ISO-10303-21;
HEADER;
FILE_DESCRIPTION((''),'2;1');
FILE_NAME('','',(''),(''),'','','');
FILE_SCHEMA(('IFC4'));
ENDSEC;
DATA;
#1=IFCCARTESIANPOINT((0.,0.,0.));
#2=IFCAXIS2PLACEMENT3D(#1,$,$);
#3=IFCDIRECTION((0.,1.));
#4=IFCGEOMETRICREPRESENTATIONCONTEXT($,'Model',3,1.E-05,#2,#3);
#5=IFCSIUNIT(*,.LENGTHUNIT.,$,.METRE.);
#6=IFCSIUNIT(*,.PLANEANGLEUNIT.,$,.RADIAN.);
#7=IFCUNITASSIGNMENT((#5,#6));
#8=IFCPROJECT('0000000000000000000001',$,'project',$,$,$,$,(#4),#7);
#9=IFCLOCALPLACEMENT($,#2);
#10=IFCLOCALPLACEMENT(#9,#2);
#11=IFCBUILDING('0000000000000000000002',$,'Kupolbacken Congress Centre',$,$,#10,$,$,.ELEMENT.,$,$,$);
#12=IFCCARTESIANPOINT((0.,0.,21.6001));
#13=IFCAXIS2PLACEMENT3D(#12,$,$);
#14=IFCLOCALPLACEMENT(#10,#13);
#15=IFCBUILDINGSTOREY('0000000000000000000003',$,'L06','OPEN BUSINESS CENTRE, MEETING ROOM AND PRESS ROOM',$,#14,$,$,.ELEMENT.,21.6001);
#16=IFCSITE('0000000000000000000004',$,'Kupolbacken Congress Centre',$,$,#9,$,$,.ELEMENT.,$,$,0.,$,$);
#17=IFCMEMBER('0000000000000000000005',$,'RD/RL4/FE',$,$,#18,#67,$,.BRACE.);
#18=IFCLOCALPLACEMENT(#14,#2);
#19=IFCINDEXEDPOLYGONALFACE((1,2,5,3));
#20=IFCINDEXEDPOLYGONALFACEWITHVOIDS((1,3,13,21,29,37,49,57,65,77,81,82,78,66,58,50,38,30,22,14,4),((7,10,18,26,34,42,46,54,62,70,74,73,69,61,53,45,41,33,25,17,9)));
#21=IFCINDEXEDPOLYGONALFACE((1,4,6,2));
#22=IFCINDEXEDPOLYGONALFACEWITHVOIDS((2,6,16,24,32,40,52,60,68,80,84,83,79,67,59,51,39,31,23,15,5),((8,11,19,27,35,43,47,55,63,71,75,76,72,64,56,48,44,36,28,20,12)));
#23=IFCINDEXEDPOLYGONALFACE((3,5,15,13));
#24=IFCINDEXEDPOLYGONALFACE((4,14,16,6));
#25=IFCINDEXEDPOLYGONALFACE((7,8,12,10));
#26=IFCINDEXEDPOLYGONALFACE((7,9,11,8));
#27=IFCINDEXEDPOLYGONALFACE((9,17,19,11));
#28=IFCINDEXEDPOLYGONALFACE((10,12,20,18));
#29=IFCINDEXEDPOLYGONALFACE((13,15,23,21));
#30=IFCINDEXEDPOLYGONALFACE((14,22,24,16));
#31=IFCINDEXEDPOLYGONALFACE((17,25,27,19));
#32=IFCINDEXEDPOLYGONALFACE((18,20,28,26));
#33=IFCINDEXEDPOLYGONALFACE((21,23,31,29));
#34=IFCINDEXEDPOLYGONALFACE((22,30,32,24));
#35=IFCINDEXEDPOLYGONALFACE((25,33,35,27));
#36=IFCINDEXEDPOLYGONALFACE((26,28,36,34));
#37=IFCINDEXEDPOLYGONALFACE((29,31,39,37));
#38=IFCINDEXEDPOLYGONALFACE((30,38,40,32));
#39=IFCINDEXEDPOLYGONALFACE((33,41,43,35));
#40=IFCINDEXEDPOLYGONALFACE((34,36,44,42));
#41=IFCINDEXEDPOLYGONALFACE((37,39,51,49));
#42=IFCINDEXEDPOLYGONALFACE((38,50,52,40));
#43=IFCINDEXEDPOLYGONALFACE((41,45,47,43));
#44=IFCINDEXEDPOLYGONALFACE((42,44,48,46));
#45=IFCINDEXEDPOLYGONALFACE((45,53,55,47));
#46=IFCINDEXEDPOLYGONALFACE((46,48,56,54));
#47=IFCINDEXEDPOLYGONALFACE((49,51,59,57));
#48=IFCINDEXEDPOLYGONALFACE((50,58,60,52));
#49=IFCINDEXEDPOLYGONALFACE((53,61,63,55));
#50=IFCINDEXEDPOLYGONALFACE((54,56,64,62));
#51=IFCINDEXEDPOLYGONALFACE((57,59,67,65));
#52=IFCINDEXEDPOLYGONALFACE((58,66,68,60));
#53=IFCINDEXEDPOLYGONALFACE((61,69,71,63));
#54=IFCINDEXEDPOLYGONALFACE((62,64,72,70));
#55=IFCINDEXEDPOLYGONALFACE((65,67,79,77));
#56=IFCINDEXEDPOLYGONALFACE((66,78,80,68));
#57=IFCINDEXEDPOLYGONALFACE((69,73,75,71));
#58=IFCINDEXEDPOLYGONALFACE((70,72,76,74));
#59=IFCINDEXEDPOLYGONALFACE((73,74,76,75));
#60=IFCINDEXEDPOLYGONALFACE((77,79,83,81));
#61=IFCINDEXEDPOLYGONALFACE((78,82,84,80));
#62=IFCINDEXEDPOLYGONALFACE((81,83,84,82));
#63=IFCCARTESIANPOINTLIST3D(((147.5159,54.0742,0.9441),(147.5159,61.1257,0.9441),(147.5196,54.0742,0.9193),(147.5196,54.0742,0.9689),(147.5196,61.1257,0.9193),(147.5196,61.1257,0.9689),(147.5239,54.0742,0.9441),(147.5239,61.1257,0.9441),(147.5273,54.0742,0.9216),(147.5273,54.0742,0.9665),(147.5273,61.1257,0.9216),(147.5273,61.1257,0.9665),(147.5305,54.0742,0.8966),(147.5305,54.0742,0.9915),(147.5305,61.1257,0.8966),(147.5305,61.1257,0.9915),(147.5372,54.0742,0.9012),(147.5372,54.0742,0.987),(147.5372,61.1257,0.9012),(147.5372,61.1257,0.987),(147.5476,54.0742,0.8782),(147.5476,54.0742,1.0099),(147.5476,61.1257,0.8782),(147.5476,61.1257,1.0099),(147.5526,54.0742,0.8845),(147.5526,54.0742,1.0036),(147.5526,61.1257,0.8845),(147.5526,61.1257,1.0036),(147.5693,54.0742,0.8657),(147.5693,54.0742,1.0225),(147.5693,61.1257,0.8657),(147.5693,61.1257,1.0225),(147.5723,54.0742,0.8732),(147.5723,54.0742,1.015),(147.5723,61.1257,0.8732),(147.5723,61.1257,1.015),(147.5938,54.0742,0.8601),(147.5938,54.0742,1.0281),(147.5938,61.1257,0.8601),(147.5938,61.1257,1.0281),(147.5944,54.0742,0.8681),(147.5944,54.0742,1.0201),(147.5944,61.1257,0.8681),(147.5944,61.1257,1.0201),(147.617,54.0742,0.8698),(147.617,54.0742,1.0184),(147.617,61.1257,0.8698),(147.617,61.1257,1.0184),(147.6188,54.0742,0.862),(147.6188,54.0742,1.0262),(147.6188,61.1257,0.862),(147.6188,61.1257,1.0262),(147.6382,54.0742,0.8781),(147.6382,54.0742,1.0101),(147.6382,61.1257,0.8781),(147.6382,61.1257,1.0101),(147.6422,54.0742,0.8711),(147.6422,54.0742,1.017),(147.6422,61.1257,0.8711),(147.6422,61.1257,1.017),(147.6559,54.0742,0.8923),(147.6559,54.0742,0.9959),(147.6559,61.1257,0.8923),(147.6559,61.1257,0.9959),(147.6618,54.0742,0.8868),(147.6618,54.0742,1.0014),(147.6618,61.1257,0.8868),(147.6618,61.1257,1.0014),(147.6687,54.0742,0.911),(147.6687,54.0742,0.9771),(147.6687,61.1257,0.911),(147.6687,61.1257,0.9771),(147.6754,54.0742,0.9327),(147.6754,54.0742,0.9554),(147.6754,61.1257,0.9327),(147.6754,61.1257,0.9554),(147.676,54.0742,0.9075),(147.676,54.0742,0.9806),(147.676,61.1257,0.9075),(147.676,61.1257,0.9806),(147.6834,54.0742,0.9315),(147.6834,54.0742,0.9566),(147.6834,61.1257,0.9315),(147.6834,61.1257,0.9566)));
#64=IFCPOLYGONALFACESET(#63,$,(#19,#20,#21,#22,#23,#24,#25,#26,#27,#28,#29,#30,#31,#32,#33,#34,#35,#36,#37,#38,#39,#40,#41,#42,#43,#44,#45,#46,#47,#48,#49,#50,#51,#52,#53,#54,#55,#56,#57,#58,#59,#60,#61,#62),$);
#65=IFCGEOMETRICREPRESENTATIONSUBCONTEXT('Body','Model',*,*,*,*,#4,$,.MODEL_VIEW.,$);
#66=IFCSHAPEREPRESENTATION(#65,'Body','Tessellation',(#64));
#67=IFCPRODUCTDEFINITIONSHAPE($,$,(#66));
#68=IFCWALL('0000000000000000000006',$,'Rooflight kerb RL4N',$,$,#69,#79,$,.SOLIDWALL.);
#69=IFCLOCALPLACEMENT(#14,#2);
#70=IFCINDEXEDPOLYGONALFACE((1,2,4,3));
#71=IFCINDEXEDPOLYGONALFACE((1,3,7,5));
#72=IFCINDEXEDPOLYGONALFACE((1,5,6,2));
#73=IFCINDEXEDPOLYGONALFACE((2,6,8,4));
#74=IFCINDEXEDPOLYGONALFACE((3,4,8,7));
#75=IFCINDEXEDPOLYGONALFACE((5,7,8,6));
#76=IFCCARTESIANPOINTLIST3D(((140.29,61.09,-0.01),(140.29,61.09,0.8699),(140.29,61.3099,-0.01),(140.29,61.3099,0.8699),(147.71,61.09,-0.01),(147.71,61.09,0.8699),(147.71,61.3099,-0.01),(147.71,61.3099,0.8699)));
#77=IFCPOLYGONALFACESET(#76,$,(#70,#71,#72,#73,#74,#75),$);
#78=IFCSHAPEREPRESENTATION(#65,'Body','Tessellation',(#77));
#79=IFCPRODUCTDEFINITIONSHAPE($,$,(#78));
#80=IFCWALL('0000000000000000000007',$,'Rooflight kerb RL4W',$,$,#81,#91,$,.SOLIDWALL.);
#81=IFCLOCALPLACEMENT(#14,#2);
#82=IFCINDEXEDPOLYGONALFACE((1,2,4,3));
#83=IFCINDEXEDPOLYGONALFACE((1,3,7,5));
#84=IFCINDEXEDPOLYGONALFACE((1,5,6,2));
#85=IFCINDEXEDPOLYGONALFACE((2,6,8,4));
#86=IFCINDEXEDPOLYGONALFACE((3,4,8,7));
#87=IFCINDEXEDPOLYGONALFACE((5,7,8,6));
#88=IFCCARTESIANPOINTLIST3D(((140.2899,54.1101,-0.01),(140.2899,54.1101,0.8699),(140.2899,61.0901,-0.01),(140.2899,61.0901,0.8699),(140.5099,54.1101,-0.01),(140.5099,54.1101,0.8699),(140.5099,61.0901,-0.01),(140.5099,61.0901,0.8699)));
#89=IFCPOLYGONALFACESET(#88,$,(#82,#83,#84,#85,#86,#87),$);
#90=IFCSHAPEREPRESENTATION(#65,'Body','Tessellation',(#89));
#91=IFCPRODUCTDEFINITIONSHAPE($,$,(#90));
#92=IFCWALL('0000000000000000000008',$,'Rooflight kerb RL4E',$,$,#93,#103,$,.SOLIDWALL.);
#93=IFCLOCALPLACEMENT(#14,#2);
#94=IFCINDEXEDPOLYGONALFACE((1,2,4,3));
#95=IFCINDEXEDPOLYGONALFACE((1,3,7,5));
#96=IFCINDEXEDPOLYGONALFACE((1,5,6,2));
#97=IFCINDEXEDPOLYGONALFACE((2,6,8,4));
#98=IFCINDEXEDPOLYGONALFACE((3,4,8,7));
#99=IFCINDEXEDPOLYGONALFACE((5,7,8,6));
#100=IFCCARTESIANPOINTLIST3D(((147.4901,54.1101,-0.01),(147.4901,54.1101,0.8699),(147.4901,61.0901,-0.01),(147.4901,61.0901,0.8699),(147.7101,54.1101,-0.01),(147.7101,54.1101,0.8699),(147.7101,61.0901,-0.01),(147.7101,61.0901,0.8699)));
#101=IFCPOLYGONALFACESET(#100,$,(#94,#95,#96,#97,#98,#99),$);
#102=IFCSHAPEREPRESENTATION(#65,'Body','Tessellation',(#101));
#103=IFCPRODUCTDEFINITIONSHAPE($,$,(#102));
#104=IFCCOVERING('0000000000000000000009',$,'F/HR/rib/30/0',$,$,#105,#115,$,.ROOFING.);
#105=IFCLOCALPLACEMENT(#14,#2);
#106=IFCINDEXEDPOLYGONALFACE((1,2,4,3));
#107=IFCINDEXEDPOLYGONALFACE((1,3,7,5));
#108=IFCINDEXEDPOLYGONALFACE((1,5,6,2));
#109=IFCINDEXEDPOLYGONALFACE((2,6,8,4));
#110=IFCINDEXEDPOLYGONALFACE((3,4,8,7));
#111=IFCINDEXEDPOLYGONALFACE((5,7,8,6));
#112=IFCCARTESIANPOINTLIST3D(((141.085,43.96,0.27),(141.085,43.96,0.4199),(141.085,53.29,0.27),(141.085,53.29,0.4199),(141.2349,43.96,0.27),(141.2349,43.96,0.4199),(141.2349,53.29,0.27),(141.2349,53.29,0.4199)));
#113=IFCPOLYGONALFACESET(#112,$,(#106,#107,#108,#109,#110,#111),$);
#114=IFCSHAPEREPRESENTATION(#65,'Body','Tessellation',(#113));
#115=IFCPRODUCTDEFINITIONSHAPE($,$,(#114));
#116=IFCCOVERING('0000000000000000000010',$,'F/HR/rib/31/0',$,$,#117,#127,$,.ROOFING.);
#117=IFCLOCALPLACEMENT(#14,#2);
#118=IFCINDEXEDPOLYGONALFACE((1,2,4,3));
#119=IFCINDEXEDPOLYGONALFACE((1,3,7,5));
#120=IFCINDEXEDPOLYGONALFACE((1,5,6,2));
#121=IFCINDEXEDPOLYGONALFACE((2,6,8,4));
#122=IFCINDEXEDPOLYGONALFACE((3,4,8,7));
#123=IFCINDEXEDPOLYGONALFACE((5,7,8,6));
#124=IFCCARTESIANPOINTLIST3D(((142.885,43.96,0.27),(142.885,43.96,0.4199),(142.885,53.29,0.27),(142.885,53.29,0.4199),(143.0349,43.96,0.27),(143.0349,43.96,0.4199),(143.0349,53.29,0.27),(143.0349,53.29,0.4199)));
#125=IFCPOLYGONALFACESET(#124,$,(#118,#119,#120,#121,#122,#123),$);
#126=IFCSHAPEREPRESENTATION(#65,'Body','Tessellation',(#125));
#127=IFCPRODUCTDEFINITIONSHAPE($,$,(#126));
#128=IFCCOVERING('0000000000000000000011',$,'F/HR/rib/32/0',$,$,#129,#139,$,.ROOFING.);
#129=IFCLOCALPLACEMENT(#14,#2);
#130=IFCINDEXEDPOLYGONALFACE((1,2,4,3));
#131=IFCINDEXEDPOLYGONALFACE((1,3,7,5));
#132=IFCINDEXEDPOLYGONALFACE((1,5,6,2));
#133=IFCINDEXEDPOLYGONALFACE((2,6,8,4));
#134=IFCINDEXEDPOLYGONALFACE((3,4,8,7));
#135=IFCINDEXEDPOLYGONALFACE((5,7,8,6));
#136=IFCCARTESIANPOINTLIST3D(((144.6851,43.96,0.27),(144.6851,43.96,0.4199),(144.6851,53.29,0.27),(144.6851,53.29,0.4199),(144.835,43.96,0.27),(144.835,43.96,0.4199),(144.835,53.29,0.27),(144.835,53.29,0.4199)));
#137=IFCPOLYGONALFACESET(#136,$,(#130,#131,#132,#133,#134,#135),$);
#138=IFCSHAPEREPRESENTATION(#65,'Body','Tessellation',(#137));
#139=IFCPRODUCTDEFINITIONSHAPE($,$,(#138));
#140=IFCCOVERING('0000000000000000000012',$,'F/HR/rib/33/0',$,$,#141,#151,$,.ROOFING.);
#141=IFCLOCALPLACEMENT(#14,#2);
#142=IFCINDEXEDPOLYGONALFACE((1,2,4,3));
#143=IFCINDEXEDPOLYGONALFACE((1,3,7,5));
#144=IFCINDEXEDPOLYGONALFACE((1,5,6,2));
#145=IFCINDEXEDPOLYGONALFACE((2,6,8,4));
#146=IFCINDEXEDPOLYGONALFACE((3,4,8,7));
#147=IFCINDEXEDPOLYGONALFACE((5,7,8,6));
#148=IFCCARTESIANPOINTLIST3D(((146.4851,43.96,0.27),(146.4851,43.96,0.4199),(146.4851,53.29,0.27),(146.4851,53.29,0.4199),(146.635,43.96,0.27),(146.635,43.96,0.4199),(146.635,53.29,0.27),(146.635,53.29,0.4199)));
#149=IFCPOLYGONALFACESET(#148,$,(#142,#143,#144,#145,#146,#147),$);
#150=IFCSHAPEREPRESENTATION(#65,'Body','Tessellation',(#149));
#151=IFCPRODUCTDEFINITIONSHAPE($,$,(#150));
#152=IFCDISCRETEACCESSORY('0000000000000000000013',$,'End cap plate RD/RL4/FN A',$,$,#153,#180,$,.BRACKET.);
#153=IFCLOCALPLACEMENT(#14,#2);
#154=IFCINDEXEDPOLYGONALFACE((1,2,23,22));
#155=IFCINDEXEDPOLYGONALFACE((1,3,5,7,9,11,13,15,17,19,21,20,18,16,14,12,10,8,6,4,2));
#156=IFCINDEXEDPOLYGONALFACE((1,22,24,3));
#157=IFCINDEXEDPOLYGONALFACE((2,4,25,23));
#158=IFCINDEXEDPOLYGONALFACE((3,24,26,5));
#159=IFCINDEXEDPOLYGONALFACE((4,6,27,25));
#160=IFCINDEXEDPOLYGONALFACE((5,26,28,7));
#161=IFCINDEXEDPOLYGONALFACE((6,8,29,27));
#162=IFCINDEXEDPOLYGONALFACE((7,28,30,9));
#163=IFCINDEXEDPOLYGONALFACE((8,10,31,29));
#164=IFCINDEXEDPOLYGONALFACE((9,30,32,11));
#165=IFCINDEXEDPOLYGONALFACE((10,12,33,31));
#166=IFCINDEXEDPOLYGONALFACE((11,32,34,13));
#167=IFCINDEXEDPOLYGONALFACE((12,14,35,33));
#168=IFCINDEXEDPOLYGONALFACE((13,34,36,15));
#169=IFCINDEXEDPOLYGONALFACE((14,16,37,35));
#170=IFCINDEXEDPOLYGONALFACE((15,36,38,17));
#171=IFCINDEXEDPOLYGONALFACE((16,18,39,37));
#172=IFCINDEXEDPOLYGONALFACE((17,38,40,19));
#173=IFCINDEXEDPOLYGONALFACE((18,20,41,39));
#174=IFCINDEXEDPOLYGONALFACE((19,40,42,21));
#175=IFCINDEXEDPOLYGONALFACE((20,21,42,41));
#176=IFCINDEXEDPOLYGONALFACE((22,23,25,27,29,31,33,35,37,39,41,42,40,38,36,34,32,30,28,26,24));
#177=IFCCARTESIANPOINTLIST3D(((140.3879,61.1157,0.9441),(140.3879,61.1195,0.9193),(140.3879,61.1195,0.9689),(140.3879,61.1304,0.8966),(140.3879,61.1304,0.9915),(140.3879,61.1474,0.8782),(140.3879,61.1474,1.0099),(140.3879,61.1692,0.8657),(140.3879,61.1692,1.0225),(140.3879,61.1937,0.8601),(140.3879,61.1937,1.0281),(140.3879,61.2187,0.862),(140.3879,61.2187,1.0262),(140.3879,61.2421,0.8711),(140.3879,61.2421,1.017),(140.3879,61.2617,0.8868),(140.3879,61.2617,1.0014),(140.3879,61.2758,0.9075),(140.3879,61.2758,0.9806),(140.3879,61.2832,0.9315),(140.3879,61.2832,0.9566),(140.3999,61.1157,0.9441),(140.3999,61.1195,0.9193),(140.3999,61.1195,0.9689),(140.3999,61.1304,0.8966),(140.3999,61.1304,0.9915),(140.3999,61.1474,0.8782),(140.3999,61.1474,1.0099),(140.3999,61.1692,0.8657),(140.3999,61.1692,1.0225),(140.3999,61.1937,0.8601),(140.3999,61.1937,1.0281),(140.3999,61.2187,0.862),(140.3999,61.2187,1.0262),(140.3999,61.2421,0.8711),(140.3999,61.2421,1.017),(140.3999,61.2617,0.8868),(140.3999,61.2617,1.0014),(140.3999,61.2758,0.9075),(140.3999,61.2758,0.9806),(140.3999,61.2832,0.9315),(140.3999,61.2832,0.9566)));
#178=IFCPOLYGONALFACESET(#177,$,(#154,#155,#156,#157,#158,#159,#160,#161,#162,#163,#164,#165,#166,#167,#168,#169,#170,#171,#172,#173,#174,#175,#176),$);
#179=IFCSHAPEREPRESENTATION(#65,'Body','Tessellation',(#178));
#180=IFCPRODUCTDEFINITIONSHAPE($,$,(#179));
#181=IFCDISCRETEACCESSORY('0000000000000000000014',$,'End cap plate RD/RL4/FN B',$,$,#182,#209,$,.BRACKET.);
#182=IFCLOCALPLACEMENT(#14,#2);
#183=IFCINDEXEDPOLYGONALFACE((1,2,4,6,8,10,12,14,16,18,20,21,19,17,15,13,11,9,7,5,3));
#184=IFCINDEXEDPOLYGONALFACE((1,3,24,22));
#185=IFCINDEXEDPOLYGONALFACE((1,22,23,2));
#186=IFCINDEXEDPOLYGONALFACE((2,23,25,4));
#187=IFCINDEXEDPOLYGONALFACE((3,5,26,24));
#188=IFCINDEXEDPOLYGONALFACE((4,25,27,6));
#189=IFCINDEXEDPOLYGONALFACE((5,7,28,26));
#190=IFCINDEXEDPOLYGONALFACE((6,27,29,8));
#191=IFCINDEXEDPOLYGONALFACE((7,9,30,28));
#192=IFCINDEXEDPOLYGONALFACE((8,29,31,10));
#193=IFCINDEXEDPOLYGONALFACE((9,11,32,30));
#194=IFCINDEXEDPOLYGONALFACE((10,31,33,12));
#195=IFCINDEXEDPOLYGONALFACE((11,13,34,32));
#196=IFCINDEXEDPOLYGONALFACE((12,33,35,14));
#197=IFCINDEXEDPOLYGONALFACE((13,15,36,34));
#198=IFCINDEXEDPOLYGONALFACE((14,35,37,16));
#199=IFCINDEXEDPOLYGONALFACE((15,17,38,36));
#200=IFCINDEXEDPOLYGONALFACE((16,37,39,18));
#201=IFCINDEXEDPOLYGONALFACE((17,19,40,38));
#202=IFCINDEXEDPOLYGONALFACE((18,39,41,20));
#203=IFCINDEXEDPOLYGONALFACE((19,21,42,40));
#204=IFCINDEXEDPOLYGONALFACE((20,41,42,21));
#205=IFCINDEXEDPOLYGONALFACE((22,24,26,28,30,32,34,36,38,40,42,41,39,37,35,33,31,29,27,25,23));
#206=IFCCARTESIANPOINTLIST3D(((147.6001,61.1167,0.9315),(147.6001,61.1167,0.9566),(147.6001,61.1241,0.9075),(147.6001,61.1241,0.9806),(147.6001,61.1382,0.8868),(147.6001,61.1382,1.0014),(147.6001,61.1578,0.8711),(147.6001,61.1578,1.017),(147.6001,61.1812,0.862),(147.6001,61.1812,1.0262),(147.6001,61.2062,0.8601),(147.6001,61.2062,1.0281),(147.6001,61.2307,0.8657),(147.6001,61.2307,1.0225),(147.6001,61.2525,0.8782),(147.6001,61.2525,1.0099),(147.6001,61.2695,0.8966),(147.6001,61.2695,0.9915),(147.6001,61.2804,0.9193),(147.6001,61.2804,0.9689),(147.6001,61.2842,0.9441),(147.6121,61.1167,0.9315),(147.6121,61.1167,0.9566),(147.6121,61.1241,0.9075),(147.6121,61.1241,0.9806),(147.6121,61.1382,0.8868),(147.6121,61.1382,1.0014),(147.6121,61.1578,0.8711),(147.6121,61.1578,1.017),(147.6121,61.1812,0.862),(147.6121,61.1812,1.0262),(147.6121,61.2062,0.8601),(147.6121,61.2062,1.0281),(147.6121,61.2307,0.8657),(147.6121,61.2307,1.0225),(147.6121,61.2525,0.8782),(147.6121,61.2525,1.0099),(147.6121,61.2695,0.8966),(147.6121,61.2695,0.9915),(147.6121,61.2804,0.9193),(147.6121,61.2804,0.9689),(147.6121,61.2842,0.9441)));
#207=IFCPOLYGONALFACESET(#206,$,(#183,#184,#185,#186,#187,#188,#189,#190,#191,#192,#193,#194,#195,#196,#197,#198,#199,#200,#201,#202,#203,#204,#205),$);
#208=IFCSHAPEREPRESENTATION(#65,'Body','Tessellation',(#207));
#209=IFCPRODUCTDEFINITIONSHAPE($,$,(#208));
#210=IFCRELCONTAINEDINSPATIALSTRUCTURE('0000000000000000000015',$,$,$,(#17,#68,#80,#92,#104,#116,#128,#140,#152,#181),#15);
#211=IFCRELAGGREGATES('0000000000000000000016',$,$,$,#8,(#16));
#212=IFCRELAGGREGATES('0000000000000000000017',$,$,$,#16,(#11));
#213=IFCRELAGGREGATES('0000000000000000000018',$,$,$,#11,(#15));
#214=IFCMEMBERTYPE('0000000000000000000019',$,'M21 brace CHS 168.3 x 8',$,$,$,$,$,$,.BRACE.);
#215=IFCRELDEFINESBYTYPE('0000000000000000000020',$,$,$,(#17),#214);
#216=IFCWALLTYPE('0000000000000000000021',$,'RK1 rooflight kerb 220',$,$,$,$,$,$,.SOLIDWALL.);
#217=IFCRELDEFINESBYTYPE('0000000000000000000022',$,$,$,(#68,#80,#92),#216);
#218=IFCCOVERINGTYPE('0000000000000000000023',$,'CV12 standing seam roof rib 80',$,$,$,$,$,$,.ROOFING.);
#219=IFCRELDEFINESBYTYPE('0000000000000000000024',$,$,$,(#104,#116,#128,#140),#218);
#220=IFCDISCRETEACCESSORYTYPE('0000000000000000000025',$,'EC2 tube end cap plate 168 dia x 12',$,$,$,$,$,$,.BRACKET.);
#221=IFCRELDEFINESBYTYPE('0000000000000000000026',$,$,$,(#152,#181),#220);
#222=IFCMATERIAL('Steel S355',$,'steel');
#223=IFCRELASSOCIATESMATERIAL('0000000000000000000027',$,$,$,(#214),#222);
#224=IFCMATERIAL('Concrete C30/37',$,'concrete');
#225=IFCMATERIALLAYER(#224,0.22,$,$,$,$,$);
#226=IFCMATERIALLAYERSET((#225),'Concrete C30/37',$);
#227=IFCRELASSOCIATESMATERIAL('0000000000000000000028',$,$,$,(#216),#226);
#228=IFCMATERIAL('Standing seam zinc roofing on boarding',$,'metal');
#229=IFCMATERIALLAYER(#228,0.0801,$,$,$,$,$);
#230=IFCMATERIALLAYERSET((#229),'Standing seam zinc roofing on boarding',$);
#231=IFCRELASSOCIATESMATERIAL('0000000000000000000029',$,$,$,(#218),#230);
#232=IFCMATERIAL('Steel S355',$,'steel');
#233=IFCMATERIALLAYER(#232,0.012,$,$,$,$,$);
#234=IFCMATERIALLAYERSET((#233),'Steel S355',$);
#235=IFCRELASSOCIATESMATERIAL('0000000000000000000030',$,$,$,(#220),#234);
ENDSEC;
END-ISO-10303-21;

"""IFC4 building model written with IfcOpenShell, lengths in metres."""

from ifc_helpers import new_model, si_unit, direction, frame, frame_2d, origin, origin_2d, place, context, subcontext, project, spatial, rectangle, circle, hollow_circle, extrude, material, layer, layer_set, material_profile, profile_set, type_object, element, save


model = new_model("IFC4")

# Units and contexts
model_context = context("Model", 3, precision=1e-05, world=origin(), true_north=direction((0.0, 1.0)))
body_context = subcontext(model_context, "Body", "Model", "MODEL_VIEW")
ifc_project = project(units=[si_unit("LENGTHUNIT", "METRE"), si_unit("PLANEANGLEUNIT", "RADIAN")], contexts=[model_context])

# Site, building, storey
site_placement = place(None, origin())
site = spatial("IfcSite", under=ifc_project, at=site_placement, Name="Kupolbacken Congress Centre", CompositionType="ELEMENT", RefElevation=0.0)
building_placement = place(site_placement, origin())
building = spatial("IfcBuilding", under=site, at=building_placement, Name="Kupolbacken Congress Centre", CompositionType="ELEMENT")
storey_placement = place(building_placement, frame((0.0, 0.0, 21.6001)))
storey = spatial("IfcBuildingStorey", under=building, at=storey_placement, Name="L06", Description="OPEN BUSINESS CENTRE, MEETING ROOM AND PRESS ROOM", CompositionType="ELEMENT", Elevation=21.6001)

# Member
ifc_material_1 = material(Name="Steel S355", Category="steel")
ifc_material_profile_1 = material_profile(ifc_material_1, hollow_circle(Radius=0.0842, WallThickness=0.0081, at=origin_2d()), Name="CHS 168.3 x 8")
ifc_profile_set_1 = profile_set([ifc_material_profile_1], Name="Steel S355")
member_type = type_object("IfcMemberType", Name="M21 brace CHS 168.3 x 8", PredefinedType="BRACE", material=ifc_profile_set_1)
for number, where, z_axis, x_axis, name in (
    (1, (147.6001, 54.0742, 0.9441), (0.0, 1.0, 0.0), (-1.0, 0.0, 0.0), "RD/RL4/FE"),
):
    element("IfcMember", number, at=place(storey_placement, frame(where, z_axis=z_axis, x_axis=x_axis)), inside=storey, type_object=member_type, Name=name, PredefinedType="BRACE", context=body_context, shape_type="SweptSolid", body=[
        extrude(hollow_circle(Radius=0.0842, WallThickness=0.0081, at=origin_2d()), origin(), (0.0, 0.0, 1.0), 7.0515),
    ])

# Walls
ifc_material_2 = material(Name="Concrete C30/37", Category="concrete")
ifc_layer_1 = layer(ifc_material_2, 0.22)
ifc_layer_set_1 = layer_set([ifc_layer_1], Name="Concrete C30/37")
wall_type = type_object("IfcWallType", Name="RK1 rooflight kerb 220", PredefinedType="SOLIDWALL", material=ifc_layer_set_1)
wall_placement = place(storey_placement, frame((140.29, 61.2, -0.01), z_axis=(0.0, 0.0, 1.0), x_axis=(1.0, 0.0, 0.0)))
element("IfcWall", 2, at=wall_placement, inside=storey, type_object=wall_type, Name="Rooflight kerb RL4N", PredefinedType="SOLIDWALL", context=body_context, shape_type="SweptSolid", body=[
    extrude(rectangle(XDim=7.4199, YDim=0.22, at=frame_2d((3.71, 0.0))), origin(), (0.0, 0.0, 1.0), 0.8799),
])
for number, where, z_axis, x_axis, name in (
    (3, (140.3999, 54.1101, -0.01), (0.0, 0.0, 1.0), (0.0, 1.0, 0.0), "Rooflight kerb RL4W"),
    (4, (147.6001, 54.1101, -0.01), (0.0, 0.0, 1.0), (0.0, 1.0, 0.0), "Rooflight kerb RL4E"),
):
    element("IfcWall", number, at=place(storey_placement, frame(where, z_axis=z_axis, x_axis=x_axis)), inside=storey, type_object=wall_type, Name=name, PredefinedType="SOLIDWALL", context=body_context, shape_type="SweptSolid", body=[
        extrude(rectangle(XDim=6.98, YDim=0.22, at=frame_2d((3.49, 0.0))), origin(), (0.0, 0.0, 1.0), 0.8799),
    ])

# Coverings
ifc_material_3 = material(Name="Standing seam zinc roofing on boarding", Category="metal")
ifc_layer_2 = layer(ifc_material_3, 0.0801)
ifc_layer_set_2 = layer_set([ifc_layer_2], Name="Standing seam zinc roofing on boarding")
covering_type = type_object("IfcCoveringType", Name="CV12 standing seam roof rib 80", PredefinedType="ROOFING", material=ifc_layer_set_2)
for number, where, z_axis, x_axis, name in (
    (5, (141.1599, 48.625, 0.27), (0.0, 0.0, 1.0), (0.0, 1.0, 0.0), "F/HR/rib/30/0"),
    (6, (142.96, 48.625, 0.27), (0.0, 0.0, 1.0), (0.0, 1.0, 0.0), "F/HR/rib/31/0"),
    (7, (144.76, 48.625, 0.27), (0.0, 0.0, 1.0), (0.0, 1.0, 0.0), "F/HR/rib/32/0"),
    (8, (146.5601, 48.625, 0.27), (0.0, 0.0, 1.0), (0.0, 1.0, 0.0), "F/HR/rib/33/0"),
):
    element("IfcCovering", number, at=place(storey_placement, frame(where, z_axis=z_axis, x_axis=x_axis)), inside=storey, type_object=covering_type, Name=name, PredefinedType="ROOFING", context=body_context, shape_type="SweptSolid", body=[
        extrude(rectangle(XDim=9.3301, YDim=0.1499, at=origin_2d()), origin(), (0.0, 0.0, 1.0), 0.1499),
    ])

# Discrete accessories
ifc_material_4 = material(Name="Steel S355", Category="steel")
ifc_layer_3 = layer(ifc_material_4, 0.012)
ifc_layer_set_3 = layer_set([ifc_layer_3], Name="Steel S355")
discrete_accessory_type = type_object("IfcDiscreteAccessoryType", Name="EC2 tube end cap plate 168 dia x 12", PredefinedType="BRACKET", material=ifc_layer_set_3)
for number, where, z_axis, x_axis, name in (
    (9, (140.3999, 61.2, 0.9441), (-1.0, 0.0, 0.0), (0.0, -1.0, 0.0), "End cap plate RD/RL4/FN A"),
    (10, (147.6001, 61.2, 0.9441), (1.0, 0.0, 0.0), (0.0, 1.0, 0.0), "End cap plate RD/RL4/FN B"),
):
    element("IfcDiscreteAccessory", number, at=place(storey_placement, frame(where, z_axis=z_axis, x_axis=x_axis)), inside=storey, type_object=discrete_accessory_type, Name=name, PredefinedType="BRACKET", context=body_context, shape_type="SweptSolid", body=[
        extrude(circle(Radius=0.0842, at=origin_2d()), origin(), (0.0, 0.0, 1.0), 0.012),
    ])

save(model, "model.ifc")
